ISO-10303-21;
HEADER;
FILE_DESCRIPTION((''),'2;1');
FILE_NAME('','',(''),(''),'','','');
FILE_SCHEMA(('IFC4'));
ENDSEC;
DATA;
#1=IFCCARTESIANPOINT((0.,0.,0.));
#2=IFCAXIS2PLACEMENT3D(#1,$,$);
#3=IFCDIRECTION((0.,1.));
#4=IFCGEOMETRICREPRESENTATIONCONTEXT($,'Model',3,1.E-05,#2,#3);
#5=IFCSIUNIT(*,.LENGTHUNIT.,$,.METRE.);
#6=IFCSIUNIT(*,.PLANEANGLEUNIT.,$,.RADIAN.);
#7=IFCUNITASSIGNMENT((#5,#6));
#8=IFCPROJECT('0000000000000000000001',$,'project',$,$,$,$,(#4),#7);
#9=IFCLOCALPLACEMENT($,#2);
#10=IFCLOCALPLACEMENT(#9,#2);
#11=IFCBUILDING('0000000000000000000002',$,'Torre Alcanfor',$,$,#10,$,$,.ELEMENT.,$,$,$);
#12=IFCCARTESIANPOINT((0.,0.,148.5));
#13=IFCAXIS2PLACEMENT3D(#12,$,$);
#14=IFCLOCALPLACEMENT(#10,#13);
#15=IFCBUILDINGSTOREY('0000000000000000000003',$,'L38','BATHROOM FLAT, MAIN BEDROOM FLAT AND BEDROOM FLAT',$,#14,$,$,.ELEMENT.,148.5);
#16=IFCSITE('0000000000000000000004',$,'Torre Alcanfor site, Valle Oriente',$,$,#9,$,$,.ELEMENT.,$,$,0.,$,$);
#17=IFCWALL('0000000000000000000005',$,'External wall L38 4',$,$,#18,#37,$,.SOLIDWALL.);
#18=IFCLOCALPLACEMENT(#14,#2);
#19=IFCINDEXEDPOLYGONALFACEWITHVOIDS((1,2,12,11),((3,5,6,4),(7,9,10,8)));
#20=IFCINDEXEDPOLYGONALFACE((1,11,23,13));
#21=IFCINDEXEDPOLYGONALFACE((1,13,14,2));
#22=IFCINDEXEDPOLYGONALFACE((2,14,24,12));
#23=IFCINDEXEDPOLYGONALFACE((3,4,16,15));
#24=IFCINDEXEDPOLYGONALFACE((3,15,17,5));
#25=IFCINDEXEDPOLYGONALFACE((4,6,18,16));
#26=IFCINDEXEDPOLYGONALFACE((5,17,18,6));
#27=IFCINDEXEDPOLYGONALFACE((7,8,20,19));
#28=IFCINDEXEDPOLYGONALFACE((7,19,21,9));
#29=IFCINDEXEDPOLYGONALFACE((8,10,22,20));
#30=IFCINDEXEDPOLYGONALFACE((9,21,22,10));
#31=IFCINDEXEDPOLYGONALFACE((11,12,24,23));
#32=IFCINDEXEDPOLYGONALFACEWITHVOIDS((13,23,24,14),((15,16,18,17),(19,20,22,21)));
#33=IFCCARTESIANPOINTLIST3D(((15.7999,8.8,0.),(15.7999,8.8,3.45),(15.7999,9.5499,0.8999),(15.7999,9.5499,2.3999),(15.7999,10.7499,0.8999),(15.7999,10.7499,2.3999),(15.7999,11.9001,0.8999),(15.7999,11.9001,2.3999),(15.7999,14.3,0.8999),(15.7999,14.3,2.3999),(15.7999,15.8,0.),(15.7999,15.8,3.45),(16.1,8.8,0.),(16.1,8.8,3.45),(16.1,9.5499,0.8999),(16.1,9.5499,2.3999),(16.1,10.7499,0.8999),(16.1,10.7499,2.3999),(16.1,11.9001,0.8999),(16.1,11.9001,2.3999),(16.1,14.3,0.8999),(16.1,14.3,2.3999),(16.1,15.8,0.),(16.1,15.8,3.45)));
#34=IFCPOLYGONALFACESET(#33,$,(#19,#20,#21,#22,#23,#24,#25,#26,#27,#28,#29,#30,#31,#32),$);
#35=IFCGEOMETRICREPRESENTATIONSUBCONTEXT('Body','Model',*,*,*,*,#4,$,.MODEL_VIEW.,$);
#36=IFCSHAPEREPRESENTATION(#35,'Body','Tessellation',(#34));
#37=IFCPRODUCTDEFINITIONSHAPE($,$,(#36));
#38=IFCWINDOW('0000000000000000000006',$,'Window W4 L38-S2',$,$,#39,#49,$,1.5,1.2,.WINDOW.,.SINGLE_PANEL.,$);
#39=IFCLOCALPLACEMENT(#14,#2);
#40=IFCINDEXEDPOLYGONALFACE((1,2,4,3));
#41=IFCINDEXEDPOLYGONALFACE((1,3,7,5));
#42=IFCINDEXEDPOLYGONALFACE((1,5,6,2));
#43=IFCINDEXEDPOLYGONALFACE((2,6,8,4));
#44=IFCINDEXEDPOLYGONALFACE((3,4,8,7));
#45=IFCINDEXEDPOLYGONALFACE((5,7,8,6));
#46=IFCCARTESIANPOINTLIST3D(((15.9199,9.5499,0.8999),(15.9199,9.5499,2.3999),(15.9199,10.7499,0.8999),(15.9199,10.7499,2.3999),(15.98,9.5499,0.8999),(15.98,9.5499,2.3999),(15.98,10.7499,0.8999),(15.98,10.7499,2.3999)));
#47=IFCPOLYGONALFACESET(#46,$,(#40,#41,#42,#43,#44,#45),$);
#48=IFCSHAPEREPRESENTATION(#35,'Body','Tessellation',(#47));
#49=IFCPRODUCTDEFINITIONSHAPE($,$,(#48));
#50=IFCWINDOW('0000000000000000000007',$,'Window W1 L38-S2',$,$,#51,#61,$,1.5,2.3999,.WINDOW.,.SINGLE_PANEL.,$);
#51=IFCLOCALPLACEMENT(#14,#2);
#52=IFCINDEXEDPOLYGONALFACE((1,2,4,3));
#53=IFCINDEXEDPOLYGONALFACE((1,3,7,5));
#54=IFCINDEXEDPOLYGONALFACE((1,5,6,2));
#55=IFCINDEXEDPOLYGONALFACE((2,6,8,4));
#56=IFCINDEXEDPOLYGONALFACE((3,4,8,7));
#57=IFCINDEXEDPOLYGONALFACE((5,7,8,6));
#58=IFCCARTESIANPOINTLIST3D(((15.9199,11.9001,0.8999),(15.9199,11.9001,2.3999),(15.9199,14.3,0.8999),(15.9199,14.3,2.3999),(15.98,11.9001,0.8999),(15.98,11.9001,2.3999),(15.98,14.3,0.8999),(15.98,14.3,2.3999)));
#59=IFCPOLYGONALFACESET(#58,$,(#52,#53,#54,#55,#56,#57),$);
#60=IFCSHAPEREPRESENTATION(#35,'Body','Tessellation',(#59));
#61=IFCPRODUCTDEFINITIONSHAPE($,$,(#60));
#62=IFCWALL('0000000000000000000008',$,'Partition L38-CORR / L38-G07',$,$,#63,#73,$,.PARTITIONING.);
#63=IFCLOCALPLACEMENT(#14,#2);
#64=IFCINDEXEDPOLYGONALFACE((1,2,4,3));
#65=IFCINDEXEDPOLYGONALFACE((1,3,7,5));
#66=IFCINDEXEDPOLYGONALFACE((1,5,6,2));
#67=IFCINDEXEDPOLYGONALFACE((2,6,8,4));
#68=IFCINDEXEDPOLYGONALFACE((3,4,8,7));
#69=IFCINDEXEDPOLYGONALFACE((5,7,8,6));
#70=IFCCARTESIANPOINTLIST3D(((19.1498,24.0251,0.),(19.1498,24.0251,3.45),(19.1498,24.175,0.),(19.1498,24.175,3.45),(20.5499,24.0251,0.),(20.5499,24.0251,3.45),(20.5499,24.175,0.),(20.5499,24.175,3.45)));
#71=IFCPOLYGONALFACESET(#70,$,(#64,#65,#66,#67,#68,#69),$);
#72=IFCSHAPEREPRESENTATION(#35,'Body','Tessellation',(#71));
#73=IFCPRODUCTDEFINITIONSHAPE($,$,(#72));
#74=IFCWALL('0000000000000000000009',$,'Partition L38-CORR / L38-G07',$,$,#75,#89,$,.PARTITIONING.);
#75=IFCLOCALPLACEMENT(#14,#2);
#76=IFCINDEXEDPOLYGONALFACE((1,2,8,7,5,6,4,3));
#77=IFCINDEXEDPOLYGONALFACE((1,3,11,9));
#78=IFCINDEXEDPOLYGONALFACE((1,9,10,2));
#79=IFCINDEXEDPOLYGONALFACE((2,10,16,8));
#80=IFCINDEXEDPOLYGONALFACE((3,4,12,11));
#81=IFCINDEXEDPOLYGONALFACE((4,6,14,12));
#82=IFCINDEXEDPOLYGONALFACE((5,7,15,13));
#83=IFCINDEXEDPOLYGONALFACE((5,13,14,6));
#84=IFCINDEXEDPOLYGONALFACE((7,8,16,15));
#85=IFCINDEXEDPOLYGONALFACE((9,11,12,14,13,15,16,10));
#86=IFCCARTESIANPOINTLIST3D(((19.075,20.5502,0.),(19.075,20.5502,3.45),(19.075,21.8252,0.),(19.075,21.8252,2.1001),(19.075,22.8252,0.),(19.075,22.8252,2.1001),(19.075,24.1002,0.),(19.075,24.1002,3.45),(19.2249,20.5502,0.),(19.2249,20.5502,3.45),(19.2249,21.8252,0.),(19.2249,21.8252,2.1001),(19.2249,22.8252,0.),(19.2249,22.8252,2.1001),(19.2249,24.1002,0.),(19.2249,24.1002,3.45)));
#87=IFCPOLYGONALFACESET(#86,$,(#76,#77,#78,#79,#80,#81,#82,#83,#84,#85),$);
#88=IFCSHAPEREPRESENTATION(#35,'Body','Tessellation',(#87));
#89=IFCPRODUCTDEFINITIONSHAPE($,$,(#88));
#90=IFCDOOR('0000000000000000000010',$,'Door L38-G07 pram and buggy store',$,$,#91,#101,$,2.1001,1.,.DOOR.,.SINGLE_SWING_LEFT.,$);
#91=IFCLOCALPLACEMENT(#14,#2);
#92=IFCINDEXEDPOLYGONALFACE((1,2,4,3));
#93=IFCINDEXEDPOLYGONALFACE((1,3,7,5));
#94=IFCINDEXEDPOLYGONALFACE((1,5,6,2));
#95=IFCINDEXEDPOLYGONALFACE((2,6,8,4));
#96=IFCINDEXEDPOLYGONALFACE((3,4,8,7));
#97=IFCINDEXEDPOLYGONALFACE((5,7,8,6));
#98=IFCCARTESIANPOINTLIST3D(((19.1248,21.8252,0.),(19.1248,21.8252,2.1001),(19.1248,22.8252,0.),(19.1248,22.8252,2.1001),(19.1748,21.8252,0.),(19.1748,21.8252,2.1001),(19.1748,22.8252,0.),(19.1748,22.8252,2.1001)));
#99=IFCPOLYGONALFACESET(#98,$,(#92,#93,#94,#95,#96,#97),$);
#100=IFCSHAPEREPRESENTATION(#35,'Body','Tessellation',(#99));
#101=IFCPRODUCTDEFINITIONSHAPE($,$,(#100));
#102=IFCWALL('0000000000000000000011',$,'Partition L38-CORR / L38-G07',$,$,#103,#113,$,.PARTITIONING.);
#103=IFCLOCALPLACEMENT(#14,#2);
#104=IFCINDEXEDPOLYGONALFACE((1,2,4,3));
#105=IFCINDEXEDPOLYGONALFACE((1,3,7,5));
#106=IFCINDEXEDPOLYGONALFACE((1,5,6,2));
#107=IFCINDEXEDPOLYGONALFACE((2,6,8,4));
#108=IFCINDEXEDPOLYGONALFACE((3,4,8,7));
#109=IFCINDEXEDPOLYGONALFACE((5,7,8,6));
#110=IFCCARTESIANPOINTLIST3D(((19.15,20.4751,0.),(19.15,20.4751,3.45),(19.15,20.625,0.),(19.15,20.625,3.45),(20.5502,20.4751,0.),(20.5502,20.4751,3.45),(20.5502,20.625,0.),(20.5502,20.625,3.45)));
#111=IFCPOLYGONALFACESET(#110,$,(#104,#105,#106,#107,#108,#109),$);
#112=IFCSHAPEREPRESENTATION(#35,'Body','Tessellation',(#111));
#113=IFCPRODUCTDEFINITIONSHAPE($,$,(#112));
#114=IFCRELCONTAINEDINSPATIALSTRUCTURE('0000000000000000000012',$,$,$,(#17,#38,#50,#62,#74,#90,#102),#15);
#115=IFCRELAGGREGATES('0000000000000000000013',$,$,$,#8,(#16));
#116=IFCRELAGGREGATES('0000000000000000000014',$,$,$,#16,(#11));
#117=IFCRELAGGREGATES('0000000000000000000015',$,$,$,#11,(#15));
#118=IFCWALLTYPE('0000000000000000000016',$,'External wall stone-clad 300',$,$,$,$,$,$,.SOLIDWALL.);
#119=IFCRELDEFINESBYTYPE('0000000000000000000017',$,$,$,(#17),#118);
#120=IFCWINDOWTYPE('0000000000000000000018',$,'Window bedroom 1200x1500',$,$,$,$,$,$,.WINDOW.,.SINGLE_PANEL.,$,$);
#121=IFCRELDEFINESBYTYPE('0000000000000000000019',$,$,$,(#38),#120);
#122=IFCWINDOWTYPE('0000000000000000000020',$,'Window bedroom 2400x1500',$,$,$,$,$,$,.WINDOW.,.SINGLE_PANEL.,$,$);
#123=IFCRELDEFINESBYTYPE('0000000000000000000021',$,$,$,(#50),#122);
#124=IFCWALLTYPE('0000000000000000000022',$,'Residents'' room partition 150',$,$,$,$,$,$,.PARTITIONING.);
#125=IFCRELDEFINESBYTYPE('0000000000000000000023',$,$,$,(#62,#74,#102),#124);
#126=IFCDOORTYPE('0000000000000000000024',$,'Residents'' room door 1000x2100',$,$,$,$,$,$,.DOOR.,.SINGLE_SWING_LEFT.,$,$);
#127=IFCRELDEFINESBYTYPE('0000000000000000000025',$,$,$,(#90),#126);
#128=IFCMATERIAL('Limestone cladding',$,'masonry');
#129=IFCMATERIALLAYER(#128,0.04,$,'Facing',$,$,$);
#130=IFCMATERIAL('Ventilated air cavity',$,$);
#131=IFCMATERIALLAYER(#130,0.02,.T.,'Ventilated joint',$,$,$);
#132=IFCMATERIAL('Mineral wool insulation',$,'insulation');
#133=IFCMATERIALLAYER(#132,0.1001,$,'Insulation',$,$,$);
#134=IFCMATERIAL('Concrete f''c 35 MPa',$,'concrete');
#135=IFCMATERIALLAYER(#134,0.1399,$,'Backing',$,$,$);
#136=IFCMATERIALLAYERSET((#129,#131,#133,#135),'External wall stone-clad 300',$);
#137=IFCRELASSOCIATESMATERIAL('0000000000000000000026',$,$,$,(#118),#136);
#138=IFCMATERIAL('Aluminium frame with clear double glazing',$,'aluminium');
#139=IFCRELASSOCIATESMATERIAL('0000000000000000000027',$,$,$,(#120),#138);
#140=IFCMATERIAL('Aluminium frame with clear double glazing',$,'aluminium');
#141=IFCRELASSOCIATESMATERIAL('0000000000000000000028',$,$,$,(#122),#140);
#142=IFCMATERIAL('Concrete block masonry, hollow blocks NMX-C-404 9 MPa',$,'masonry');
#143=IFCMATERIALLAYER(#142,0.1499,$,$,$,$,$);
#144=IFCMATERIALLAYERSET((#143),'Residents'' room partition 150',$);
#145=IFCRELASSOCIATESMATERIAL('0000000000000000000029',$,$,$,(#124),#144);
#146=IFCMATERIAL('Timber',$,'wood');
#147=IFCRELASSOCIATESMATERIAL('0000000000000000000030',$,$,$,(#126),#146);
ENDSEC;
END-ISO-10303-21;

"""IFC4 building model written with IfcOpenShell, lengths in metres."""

from ifc_helpers import new_model, si_unit, direction, frame, frame_2d, origin, place, context, subcontext, project, spatial, rectangle, extrude, material, layer, layer_set, type_object, element, fill, save


model = new_model("IFC4")

# Units and contexts
model_context = context("Model", 3, precision=1e-05, world=origin(), true_north=direction((0.0, 1.0)))
body_context = subcontext(model_context, "Body", "Model", "MODEL_VIEW")
ifc_project = project(units=[si_unit("LENGTHUNIT", "METRE"), si_unit("PLANEANGLEUNIT", "RADIAN")], contexts=[model_context])

# Site, building, storey
site_placement = place(None, origin())
site = spatial("IfcSite", under=ifc_project, at=site_placement, Name="Torre Alcanfor site, Valle Oriente", CompositionType="ELEMENT", RefElevation=0.0)
building_placement = place(site_placement, origin())
building = spatial("IfcBuilding", under=site, at=building_placement, Name="Torre Alcanfor", CompositionType="ELEMENT")
storey_placement = place(building_placement, frame((0.0, 0.0, 148.5)))
storey = spatial("IfcBuildingStorey", under=building, at=storey_placement, Name="L38", Description="BATHROOM FLAT, MAIN BEDROOM FLAT AND BEDROOM FLAT", CompositionType="ELEMENT", Elevation=148.5)

# Wall, openings, windows
ifc_material_1 = material(Name="Limestone cladding", Category="masonry")
ifc_layer_1 = layer(ifc_material_1, 0.04, Name="Facing")
ifc_material_2 = material(Name="Ventilated air cavity")
ifc_layer_2 = layer(ifc_material_2, 0.02, ventilated=True, Name="Ventilated joint")
ifc_material_3 = material(Name="Mineral wool insulation", Category="insulation")
ifc_layer_3 = layer(ifc_material_3, 0.1001, Name="Insulation")
ifc_material_4 = material(Name="Concrete f'c 35 MPa", Category="concrete")
ifc_layer_4 = layer(ifc_material_4, 0.1399, Name="Backing")
ifc_layer_set_1 = layer_set([ifc_layer_1, ifc_layer_2, ifc_layer_3, ifc_layer_4], Name="External wall stone-clad 300")
wall_type_1 = type_object("IfcWallType", Name="External wall stone-clad 300", PredefinedType="SOLIDWALL", material=ifc_layer_set_1)
wall_1_placement = place(storey_placement, frame((15.95, 15.8, 0.0), z_axis=(0.0, 0.0, 1.0), x_axis=(0.0, -1.0, 0.0)))
wall_1 = element("IfcWall", 1, at=wall_1_placement, inside=storey, type_object=wall_type_1, Name="External wall L38 4", PredefinedType="SOLIDWALL", context=body_context, shape_type="SweptSolid", body=[
    extrude(rectangle(XDim=7.0, YDim=0.3, at=frame_2d((3.5, 0.0))), origin(), (0.0, 0.0, 1.0), 3.45),
])
opening_1_placement = place(wall_1_placement, frame((1.5, 0.0, 0.8999)))
opening_1 = element("IfcOpeningElement", 2, at=opening_1_placement, cuts=wall_1, PredefinedType="OPENING", context=body_context, shape_type="SweptSolid", body=[
    extrude(rectangle(XDim=2.3999, YDim=1.5, at=frame_2d((1.2, 0.75))), frame((0.0, 0.1599, 0.0), z_axis=(0.0, -1.0, 0.0), x_axis=(1.0, 0.0, 0.0)), (0.0, 0.0, 1.0), 0.3201),
])
opening_2_placement = place(wall_1_placement, frame((5.05, 0.0, 0.8999)))
opening_2 = element("IfcOpeningElement", 3, at=opening_2_placement, cuts=wall_1, PredefinedType="OPENING", context=body_context, shape_type="SweptSolid", body=[
    extrude(rectangle(XDim=1.2, YDim=1.5, at=frame_2d((0.6001, 0.75))), frame((0.0, 0.1599, 0.0), z_axis=(0.0, -1.0, 0.0), x_axis=(1.0, 0.0, 0.0)), (0.0, 0.0, 1.0), 0.3201),
])
ifc_material_5 = material(Name="Aluminium frame with clear double glazing", Category="aluminium")
window_type_1 = type_object("IfcWindowType", Name="Window bedroom 1200x1500", PartitioningType="SINGLE_PANEL", PredefinedType="WINDOW", material=ifc_material_5)
window_1_placement = place(opening_2_placement, origin())
window_1 = element("IfcWindow", 4, at=window_1_placement, inside=storey, type_object=window_type_1, Name="Window W4 L38-S2", OverallHeight=1.5, OverallWidth=1.2, PartitioningType="SINGLE_PANEL", PredefinedType="WINDOW", context=body_context, shape_type="SweptSolid", body=[
    extrude(rectangle(XDim=1.2, YDim=1.5, at=frame_2d((0.6001, 0.75))), frame((0.0, 0.03, 0.0), z_axis=(0.0, -1.0, 0.0), x_axis=(1.0, 0.0, 0.0)), (0.0, 0.0, 1.0), 0.0601),
])
fill(opening_2, window_1)
ifc_material_6 = material(Name="Aluminium frame with clear double glazing", Category="aluminium")
window_type_2 = type_object("IfcWindowType", Name="Window bedroom 2400x1500", PartitioningType="SINGLE_PANEL", PredefinedType="WINDOW", material=ifc_material_6)
window_2_placement = place(opening_1_placement, origin())
window_2 = element("IfcWindow", 5, at=window_2_placement, inside=storey, type_object=window_type_2, Name="Window W1 L38-S2", OverallHeight=1.5, OverallWidth=2.3999, PartitioningType="SINGLE_PANEL", PredefinedType="WINDOW", context=body_context, shape_type="SweptSolid", body=[
    extrude(rectangle(XDim=2.3999, YDim=1.5, at=frame_2d((1.2, 0.75))), frame((0.0, 0.03, 0.0), z_axis=(0.0, -1.0, 0.0), x_axis=(1.0, 0.0, 0.0)), (0.0, 0.0, 1.0), 0.0601),
])
fill(opening_1, window_2)

# Wall
ifc_material_7 = material(Name="Concrete block masonry, hollow blocks NMX-C-404 9 MPa", Category="masonry")
ifc_layer_5 = layer(ifc_material_7, 0.1499)
ifc_layer_set_2 = layer_set([ifc_layer_5], Name="Residents' room partition 150")
wall_type_2 = type_object("IfcWallType", Name="Residents' room partition 150", PredefinedType="PARTITIONING", material=ifc_layer_set_2)
wall_2_placement = place(storey_placement, frame((20.55, 24.1001, 0.0), z_axis=(0.0, 0.0, 1.0), x_axis=(-1.0, 0.0, 0.0)))
element("IfcWall", 6, at=wall_2_placement, inside=storey, type_object=wall_type_2, Name="Partition L38-CORR / L38-G07", PredefinedType="PARTITIONING", context=body_context, shape_type="SweptSolid", body=[
    extrude(rectangle(XDim=1.4001, YDim=0.1499, at=frame_2d((0.7002, 0.0))), origin(), (0.0, 0.0, 1.0), 3.45),
])

# Wall, opening, door
wall_3_placement = place(storey_placement, frame((19.1499, 24.1001, 0.0), z_axis=(0.0, 0.0, 1.0), x_axis=(0.0, -1.0, 0.0)))
wall_3 = element("IfcWall", 7, at=wall_3_placement, inside=storey, type_object=wall_type_2, Name="Partition L38-CORR / L38-G07", PredefinedType="PARTITIONING", context=body_context, shape_type="SweptSolid", body=[
    extrude(rectangle(XDim=3.55, YDim=0.1499, at=frame_2d((1.7749, 0.0))), origin(), (0.0, 0.0, 1.0), 3.45),
])
opening_3_placement = place(wall_3_placement, frame((1.2749, 0.0, 0.0)))
opening_3 = element("IfcOpeningElement", 8, at=opening_3_placement, cuts=wall_3, PredefinedType="OPENING", context=body_context, shape_type="SweptSolid", body=[
    extrude(rectangle(XDim=1.0, YDim=2.1001, at=frame_2d((0.5, 1.05))), frame((0.0, 0.085, 0.0), z_axis=(0.0, -1.0, 0.0), x_axis=(1.0, 0.0, 0.0)), (0.0, 0.0, 1.0), 0.1699),
])
ifc_material_8 = material(Name="Timber", Category="wood")
door_type_1 = type_object("IfcDoorType", Name="Residents' room door 1000x2100", OperationType="SINGLE_SWING_LEFT", PredefinedType="DOOR", material=ifc_material_8)
door_1_placement = place(opening_3_placement, origin())
door_1 = element("IfcDoor", 9, at=door_1_placement, inside=storey, type_object=door_type_1, Name="Door L38-G07 pram and buggy store", OperationType="SINGLE_SWING_LEFT", OverallHeight=2.1001, OverallWidth=1.0, PredefinedType="DOOR", context=body_context, shape_type="SweptSolid", body=[
    extrude(rectangle(XDim=1.0, YDim=2.1001, at=frame_2d((0.5, 1.05))), frame((0.0, 0.0249, 0.0), z_axis=(0.0, -1.0, 0.0), x_axis=(1.0, 0.0, 0.0)), (0.0, 0.0, 1.0), 0.05),
])
fill(opening_3, door_1)

# Wall
wall_4_placement = place(storey_placement, frame((19.1499, 20.55, 0.0), z_axis=(0.0, 0.0, 1.0), x_axis=(1.0, 0.0, 0.0)))
element("IfcWall", 10, at=wall_4_placement, inside=storey, type_object=wall_type_2, Name="Partition L38-CORR / L38-G07", PredefinedType="PARTITIONING", context=body_context, shape_type="SweptSolid", body=[
    extrude(rectangle(XDim=1.4001, YDim=0.1499, at=frame_2d((0.7002, 0.0))), origin(), (0.0, 0.0, 1.0), 3.45),
])

save(model, "model.ifc")
